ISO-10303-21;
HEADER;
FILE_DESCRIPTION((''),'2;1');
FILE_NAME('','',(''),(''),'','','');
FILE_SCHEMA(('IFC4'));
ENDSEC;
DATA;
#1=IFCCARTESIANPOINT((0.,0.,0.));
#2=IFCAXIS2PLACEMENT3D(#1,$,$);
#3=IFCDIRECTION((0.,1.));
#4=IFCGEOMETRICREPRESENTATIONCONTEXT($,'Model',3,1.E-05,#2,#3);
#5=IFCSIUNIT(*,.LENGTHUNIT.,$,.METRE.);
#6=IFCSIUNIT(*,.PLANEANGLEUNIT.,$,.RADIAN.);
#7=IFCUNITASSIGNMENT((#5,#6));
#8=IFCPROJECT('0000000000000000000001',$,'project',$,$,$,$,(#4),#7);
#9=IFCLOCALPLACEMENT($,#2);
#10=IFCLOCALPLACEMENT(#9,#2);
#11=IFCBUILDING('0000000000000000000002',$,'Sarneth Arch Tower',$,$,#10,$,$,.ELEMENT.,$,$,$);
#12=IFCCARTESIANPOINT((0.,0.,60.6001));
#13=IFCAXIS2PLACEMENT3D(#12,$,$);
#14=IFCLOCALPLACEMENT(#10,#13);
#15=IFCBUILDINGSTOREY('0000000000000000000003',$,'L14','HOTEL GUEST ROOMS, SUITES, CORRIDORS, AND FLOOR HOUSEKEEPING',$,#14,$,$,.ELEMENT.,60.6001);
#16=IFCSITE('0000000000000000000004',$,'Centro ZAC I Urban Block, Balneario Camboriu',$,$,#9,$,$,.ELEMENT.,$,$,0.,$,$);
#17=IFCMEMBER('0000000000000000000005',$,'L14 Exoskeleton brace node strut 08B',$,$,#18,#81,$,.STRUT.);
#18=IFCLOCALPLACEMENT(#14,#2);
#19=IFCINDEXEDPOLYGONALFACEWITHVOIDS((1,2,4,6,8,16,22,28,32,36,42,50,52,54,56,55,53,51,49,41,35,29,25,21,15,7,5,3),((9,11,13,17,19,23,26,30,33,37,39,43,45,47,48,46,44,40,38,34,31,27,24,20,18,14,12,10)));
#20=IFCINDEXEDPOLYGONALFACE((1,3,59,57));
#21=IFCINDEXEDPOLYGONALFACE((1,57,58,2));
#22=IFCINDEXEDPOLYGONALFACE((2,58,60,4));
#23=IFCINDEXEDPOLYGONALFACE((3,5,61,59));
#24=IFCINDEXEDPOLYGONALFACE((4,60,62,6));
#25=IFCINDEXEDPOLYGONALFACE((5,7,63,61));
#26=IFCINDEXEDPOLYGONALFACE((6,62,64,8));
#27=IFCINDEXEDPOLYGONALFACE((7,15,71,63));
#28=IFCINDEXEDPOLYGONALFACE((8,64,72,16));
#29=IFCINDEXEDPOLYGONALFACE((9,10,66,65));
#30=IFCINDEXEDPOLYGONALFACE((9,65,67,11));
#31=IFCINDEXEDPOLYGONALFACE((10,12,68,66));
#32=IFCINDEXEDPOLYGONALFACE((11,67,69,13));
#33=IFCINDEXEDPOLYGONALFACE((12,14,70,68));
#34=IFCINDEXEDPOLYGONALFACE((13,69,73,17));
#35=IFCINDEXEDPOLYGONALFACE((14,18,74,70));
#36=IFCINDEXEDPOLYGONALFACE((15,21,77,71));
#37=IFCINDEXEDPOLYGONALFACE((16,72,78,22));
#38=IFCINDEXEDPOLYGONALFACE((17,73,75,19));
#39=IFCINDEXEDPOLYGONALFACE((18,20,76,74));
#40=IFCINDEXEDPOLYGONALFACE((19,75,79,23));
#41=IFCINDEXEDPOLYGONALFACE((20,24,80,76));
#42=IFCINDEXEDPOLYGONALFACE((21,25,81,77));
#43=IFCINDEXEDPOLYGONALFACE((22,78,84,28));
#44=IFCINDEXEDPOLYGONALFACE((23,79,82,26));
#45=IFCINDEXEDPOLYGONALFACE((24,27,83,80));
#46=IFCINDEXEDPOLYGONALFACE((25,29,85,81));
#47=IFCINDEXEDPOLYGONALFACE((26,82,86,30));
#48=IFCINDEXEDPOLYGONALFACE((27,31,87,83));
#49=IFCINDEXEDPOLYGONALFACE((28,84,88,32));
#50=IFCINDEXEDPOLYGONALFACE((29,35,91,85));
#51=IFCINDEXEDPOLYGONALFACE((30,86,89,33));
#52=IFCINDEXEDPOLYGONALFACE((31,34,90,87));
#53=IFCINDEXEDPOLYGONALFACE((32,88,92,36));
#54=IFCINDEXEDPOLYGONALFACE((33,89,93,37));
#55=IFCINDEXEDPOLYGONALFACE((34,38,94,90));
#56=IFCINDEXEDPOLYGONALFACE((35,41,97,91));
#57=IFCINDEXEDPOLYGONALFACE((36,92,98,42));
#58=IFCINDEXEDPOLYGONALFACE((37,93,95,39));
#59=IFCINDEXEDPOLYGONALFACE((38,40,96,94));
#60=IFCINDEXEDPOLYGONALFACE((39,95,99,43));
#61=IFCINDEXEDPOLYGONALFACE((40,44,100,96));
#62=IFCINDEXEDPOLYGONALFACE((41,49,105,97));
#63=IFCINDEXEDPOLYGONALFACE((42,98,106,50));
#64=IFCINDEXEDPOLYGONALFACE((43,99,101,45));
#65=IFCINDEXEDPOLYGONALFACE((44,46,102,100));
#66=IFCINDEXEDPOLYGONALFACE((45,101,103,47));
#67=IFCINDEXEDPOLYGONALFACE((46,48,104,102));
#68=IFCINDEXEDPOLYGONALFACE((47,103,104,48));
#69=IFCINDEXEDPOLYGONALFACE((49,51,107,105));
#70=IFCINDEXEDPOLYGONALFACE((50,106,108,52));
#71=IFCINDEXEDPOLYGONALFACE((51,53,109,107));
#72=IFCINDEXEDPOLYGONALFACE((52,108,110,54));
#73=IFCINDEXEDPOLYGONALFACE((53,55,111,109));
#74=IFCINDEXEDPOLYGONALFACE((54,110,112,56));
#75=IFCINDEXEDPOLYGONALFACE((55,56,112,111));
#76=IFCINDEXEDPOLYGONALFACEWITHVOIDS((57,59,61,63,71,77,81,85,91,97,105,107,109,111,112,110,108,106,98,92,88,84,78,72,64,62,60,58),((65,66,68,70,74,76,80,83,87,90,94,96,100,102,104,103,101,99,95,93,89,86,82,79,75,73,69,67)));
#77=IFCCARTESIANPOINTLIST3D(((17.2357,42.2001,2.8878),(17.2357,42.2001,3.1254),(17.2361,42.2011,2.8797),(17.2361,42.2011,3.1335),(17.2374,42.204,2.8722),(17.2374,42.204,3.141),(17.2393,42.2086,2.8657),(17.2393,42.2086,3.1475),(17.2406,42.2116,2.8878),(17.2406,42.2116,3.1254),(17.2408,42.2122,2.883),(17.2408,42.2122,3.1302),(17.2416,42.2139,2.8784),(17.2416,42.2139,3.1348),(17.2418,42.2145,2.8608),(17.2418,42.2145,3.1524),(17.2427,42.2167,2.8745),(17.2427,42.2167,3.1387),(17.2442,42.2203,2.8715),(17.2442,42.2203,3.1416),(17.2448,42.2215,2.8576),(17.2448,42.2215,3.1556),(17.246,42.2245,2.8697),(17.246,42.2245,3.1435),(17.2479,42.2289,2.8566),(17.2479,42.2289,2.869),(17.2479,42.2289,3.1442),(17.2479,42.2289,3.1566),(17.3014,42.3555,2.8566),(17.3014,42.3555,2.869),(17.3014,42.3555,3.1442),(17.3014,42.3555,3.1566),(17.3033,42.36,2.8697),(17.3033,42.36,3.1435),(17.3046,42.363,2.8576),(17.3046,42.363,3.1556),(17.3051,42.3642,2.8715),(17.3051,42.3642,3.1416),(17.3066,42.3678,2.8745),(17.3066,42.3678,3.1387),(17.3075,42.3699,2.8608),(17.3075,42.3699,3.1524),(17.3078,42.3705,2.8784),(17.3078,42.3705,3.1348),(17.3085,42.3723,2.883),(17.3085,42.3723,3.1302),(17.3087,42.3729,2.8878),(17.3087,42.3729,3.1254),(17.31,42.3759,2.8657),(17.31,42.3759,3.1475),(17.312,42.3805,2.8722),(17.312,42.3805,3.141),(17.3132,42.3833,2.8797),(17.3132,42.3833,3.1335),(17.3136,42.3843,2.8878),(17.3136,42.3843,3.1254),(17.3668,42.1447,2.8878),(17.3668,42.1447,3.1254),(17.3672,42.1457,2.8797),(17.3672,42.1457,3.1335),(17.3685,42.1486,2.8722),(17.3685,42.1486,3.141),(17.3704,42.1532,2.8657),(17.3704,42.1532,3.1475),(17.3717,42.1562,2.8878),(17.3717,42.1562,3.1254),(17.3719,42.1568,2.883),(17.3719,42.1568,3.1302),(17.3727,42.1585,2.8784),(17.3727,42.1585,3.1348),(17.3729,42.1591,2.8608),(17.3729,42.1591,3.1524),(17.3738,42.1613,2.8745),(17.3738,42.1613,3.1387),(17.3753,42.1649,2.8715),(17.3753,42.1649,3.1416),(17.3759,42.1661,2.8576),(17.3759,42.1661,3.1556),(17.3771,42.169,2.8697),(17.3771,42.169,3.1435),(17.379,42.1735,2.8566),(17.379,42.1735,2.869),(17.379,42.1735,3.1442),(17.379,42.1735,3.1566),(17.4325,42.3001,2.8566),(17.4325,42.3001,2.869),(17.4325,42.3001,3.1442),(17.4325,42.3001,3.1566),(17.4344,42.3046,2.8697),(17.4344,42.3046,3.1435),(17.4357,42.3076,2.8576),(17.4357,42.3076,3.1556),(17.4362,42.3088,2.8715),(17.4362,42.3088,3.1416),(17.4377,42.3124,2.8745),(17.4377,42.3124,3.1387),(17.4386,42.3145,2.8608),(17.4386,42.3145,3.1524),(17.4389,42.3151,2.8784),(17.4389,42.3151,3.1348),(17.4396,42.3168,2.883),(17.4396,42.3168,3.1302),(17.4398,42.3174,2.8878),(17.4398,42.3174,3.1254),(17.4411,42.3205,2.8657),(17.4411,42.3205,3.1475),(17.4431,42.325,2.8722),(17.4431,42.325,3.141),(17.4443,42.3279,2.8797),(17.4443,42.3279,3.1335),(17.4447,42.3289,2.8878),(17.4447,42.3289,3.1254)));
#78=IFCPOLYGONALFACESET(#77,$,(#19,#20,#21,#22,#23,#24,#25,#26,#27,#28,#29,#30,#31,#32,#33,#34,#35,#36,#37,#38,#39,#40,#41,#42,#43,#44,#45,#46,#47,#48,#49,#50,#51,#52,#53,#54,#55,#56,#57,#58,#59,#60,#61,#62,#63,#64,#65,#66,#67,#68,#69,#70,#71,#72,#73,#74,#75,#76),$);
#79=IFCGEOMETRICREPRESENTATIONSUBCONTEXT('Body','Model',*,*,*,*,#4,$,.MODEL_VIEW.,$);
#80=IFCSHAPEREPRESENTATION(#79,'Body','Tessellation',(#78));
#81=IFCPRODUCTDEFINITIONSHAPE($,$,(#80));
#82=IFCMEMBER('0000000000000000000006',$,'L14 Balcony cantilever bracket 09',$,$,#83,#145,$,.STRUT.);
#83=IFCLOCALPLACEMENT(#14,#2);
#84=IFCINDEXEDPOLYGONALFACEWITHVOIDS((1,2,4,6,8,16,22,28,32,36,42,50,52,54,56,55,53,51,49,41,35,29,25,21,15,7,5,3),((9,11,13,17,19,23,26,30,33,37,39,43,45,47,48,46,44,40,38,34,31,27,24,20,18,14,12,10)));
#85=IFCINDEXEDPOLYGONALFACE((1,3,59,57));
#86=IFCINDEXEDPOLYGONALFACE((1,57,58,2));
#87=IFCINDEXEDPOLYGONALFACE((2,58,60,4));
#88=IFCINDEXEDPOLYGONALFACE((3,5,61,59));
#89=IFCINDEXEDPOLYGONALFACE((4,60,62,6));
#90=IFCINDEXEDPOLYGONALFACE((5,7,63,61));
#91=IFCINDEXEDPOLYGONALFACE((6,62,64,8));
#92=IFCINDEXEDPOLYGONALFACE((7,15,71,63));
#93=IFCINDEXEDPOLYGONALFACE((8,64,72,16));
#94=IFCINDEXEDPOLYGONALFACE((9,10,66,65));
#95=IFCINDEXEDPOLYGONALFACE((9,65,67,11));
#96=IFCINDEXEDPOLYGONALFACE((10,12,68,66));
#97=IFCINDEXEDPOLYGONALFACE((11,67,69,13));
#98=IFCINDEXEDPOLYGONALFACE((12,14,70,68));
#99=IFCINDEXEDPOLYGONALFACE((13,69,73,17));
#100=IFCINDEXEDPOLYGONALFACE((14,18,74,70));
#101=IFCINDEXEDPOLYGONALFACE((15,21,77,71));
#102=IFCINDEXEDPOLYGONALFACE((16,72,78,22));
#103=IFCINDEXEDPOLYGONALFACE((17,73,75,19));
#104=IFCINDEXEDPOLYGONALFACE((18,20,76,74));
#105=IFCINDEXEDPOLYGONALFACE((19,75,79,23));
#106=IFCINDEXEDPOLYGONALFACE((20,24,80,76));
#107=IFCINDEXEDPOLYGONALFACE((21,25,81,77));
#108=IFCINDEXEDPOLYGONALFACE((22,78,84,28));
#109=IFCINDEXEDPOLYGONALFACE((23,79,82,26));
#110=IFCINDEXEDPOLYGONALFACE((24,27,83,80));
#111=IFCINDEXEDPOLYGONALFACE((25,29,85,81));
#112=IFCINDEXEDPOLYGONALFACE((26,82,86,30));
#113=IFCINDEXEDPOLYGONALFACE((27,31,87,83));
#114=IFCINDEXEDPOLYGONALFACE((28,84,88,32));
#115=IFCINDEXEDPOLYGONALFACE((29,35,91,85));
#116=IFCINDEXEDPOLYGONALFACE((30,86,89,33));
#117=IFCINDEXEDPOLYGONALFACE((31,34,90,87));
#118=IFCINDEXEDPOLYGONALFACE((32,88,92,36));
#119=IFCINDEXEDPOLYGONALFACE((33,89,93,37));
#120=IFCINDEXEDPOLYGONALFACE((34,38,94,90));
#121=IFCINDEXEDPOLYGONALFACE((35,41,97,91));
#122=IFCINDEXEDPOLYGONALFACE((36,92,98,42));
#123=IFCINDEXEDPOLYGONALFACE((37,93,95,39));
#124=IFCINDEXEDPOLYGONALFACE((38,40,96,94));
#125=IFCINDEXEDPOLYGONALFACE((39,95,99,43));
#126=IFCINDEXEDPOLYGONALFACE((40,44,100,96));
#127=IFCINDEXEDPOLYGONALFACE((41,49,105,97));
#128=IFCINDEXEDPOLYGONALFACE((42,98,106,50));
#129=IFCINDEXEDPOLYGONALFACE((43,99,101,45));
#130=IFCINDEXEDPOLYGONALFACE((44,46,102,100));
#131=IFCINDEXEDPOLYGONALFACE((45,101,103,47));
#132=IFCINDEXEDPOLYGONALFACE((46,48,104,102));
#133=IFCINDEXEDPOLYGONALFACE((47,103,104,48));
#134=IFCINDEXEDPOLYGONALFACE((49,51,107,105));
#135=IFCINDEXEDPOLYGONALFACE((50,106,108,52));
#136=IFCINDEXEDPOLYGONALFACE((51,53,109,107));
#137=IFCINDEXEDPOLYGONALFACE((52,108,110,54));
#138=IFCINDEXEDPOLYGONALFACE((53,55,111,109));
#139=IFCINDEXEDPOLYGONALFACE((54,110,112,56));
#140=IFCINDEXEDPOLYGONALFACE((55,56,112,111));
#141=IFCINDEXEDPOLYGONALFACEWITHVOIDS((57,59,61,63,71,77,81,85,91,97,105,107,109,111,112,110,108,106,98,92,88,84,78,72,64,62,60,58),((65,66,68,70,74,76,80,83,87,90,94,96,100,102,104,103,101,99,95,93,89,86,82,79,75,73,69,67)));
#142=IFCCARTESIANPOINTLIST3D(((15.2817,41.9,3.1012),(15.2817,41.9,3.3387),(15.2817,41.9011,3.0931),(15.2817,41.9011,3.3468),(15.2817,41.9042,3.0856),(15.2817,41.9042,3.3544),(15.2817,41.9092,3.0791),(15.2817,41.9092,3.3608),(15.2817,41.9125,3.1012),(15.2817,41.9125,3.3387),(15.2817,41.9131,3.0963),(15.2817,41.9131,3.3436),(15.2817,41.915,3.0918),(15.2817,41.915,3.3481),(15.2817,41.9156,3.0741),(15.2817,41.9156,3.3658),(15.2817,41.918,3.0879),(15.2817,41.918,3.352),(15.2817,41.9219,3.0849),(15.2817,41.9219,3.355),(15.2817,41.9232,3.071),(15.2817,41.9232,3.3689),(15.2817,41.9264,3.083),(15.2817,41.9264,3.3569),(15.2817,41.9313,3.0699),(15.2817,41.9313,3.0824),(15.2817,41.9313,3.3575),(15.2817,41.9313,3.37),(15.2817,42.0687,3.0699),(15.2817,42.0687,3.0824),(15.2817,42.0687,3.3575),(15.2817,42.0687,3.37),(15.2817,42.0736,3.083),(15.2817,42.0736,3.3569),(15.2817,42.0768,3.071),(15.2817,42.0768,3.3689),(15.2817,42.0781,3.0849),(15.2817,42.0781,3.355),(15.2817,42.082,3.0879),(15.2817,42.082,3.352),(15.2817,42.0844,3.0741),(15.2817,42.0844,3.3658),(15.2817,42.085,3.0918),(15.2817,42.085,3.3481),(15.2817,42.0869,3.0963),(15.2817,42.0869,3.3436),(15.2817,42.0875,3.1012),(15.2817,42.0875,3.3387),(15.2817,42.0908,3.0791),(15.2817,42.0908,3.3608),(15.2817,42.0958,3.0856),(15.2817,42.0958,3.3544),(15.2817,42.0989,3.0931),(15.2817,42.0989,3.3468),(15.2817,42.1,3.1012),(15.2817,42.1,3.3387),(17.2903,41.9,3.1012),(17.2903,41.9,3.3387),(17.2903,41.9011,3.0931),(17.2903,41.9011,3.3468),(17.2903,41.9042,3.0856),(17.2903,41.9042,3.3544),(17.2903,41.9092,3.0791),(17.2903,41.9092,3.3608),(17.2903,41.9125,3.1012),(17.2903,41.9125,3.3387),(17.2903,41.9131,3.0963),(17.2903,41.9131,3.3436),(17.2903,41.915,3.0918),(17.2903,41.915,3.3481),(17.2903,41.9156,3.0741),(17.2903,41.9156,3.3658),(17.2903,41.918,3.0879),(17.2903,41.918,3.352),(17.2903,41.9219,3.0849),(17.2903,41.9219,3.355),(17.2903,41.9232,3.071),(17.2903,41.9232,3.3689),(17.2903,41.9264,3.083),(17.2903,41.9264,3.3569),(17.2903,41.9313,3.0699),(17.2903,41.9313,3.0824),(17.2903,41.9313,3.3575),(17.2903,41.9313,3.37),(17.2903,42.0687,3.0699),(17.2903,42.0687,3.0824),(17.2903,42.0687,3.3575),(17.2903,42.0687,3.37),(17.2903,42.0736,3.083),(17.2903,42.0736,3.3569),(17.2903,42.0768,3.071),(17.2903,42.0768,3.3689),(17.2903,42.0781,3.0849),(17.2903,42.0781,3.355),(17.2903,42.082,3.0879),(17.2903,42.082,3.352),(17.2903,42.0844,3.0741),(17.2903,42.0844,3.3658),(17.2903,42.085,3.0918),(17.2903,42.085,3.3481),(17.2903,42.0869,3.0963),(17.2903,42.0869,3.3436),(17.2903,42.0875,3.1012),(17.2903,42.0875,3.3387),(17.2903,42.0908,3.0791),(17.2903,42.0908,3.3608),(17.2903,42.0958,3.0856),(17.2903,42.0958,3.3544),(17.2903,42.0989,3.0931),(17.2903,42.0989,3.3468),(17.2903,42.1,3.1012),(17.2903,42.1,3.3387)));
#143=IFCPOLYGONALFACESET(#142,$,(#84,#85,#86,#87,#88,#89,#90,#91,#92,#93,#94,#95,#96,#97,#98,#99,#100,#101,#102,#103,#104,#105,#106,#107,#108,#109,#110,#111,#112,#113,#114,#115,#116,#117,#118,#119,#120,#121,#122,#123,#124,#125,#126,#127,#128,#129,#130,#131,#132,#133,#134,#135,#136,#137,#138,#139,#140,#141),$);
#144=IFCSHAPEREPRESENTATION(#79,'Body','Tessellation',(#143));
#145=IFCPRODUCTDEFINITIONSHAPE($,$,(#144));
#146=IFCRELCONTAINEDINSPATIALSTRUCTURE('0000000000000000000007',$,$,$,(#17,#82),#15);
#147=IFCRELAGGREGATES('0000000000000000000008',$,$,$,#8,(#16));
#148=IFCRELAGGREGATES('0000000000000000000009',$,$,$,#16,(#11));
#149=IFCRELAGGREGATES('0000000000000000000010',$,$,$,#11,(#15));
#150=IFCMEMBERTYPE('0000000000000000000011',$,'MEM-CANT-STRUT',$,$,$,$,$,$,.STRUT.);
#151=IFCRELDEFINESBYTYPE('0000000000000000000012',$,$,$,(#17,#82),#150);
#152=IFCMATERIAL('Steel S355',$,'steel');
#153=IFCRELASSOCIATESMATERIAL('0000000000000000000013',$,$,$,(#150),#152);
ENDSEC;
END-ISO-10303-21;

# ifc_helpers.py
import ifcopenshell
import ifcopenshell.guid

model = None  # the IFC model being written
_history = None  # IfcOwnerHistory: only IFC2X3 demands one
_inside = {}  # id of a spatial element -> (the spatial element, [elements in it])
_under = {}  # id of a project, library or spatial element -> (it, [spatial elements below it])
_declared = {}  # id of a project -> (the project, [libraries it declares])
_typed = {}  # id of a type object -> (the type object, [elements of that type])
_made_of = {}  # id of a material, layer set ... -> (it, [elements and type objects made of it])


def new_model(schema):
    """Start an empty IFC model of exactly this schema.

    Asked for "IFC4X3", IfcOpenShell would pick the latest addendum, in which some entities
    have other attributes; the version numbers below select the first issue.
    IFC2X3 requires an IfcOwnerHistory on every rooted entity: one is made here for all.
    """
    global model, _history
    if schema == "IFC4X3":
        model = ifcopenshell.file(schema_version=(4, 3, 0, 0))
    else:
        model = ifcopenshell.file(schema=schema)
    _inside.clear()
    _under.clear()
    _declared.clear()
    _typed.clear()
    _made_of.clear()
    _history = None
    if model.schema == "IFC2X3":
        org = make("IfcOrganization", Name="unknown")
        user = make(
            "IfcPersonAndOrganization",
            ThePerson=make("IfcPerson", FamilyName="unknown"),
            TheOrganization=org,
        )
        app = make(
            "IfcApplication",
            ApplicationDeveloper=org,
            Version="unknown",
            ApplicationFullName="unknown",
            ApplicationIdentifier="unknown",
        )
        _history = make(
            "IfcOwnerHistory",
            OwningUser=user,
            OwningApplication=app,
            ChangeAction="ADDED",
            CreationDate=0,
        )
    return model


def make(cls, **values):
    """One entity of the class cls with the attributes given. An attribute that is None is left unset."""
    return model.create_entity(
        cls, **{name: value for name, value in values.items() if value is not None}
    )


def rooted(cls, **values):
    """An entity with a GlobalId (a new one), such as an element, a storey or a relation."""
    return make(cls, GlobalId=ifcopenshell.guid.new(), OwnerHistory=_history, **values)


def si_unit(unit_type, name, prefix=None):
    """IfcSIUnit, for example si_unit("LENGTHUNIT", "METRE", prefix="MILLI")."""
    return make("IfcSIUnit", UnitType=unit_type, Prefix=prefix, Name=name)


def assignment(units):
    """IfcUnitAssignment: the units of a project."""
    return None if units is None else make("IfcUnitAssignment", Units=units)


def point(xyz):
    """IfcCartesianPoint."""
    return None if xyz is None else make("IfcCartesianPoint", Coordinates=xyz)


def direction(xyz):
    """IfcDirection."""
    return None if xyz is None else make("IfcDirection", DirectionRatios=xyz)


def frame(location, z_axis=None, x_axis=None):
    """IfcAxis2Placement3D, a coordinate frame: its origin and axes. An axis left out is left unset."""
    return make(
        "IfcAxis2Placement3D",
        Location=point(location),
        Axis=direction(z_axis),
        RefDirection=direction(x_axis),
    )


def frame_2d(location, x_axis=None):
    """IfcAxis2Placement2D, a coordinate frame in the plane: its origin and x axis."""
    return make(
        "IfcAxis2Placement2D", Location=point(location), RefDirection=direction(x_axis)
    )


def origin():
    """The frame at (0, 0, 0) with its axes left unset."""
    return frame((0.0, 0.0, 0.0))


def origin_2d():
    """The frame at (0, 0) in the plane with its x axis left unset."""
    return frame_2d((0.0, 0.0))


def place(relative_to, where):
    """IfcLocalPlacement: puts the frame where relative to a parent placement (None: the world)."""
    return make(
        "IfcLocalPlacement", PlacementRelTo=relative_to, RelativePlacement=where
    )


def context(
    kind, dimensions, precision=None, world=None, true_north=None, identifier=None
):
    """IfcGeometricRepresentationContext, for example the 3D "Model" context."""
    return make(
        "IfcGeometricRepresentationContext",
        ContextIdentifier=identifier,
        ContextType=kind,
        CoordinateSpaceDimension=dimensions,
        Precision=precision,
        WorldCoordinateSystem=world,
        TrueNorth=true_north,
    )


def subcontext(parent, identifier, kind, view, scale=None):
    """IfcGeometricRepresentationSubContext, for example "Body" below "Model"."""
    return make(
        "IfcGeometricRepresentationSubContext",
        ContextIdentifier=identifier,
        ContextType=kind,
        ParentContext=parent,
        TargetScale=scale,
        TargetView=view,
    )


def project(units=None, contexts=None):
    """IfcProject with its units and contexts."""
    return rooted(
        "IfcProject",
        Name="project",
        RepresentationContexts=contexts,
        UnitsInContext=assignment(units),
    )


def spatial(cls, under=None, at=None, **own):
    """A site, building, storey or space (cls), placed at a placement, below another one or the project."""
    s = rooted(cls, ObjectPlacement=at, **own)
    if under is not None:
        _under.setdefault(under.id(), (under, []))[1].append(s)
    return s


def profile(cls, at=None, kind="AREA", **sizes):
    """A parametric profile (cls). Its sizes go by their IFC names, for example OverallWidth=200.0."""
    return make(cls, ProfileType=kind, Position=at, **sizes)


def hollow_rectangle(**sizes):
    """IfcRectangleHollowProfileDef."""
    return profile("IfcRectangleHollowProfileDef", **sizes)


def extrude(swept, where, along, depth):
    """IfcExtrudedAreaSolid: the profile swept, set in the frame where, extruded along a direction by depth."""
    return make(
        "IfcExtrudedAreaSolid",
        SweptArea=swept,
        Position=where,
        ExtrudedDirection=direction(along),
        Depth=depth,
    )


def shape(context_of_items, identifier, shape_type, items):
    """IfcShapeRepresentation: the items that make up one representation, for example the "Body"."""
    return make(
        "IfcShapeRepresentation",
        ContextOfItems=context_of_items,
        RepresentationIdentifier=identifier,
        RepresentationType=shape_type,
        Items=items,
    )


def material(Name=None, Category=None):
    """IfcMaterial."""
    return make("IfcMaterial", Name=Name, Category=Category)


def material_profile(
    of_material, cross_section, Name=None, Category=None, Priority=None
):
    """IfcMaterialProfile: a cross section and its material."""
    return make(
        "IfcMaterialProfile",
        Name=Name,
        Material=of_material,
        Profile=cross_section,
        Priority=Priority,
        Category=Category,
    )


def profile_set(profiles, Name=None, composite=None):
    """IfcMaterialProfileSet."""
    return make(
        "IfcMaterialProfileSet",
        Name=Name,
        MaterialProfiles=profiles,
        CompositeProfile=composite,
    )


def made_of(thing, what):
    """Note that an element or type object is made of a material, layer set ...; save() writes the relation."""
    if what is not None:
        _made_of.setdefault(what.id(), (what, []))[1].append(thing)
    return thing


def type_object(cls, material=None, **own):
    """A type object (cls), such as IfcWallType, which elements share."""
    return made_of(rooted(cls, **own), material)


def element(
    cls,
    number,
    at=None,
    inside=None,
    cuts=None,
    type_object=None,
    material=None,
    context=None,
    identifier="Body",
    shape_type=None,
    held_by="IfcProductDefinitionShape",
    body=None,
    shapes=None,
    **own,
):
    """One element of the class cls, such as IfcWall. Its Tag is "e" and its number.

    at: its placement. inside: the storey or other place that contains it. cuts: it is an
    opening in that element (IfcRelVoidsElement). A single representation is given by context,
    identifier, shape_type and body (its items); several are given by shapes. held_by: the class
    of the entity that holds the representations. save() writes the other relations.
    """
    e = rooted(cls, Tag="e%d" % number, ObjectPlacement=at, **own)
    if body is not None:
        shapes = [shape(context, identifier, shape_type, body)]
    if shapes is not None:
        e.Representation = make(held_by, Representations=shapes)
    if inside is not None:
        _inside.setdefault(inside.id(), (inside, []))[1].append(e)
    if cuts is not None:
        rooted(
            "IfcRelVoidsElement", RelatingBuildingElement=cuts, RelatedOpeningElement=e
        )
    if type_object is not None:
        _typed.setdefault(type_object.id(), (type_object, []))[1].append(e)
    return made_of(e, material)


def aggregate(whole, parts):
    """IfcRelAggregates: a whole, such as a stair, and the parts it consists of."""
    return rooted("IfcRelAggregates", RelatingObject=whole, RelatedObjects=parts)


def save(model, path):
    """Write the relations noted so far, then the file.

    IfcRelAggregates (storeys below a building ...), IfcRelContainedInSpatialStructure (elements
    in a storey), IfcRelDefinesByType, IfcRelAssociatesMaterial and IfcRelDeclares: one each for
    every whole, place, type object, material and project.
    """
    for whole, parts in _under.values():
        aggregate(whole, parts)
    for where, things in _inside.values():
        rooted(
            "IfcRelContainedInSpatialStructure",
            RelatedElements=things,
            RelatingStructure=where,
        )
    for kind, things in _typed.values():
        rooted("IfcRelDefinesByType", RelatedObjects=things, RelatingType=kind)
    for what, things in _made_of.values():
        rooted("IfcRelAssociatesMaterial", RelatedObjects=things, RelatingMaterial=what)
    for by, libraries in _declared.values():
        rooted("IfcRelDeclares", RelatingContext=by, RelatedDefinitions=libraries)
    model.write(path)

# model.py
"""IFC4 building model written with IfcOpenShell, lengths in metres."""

from ifc_helpers import new_model, si_unit, direction, frame, origin, origin_2d, place, context, subcontext, project, spatial, hollow_rectangle, extrude, material, material_profile, profile_set, type_object, element, save


model = new_model("IFC4")

# Units and contexts
model_context = context("Model", 3, precision=1e-05, world=origin(), true_north=direction((0.0, 1.0)))
body_context = subcontext(model_context, "Body", "Model", "MODEL_VIEW")
ifc_project = project(units=[si_unit("LENGTHUNIT", "METRE"), si_unit("PLANEANGLEUNIT", "RADIAN")], contexts=[model_context])

# Site, building, storey
site_placement = place(None, origin())
site = spatial("IfcSite", under=ifc_project, at=site_placement, Name="Centro ZAC I Urban Block, Balneario Camboriu", CompositionType="ELEMENT", RefElevation=0.0)
building_placement = place(site_placement, origin())
building = spatial("IfcBuilding", under=site, at=building_placement, Name="Sarneth Arch Tower", CompositionType="ELEMENT")
storey_placement = place(building_placement, frame((0.0, 0.0, 60.6001)))
storey = spatial("IfcBuildingStorey", under=building, at=storey_placement, Name="L14", Description="HOTEL GUEST ROOMS, SUITES, CORRIDORS, AND FLOOR HOUSEKEEPING", CompositionType="ELEMENT", Elevation=60.6001)

# Members
ifc_material_1 = material(Name="Steel S355", Category="steel")
ifc_material_profile_1 = material_profile(ifc_material_1, hollow_rectangle(XDim=0.2, YDim=0.3, WallThickness=0.0125, InnerFilletRadius=0.0188, OuterFilletRadius=0.0312, at=origin_2d()), Name="RHS300x200x12.5")
ifc_profile_set_1 = profile_set([ifc_material_profile_1], Name="Steel S355")
member_type_1 = type_object("IfcMemberType", Name="MEM-CANT-STRUT", PredefinedType="STRUT", material=ifc_profile_set_1)
member_1_placement = place(storey_placement, frame((17.4058, 42.2368, 3.0066), z_axis=(-0.921086, 0.38936, 0.0), x_axis=(-0.38936, -0.921086, 0.0)))
element("IfcMember", 1, at=member_1_placement, inside=storey, type_object=member_type_1, Name="L14 Exoskeleton brace node strut 08B", PredefinedType="STRUT", context=body_context, shape_type="SweptSolid", body=[
    extrude(hollow_rectangle(XDim=0.2, YDim=0.3, WallThickness=0.0125, InnerFilletRadius=0.0188, OuterFilletRadius=0.0312, at=origin_2d()), origin(), (0.0, 0.0, 1.0), 0.1423),
])
member_2_placement = place(storey_placement, frame((17.2903, 42.0, 3.22), z_axis=(-1.0, 0.0, 0.0), x_axis=(0.0, -1.0, 0.0)))
element("IfcMember", 2, at=member_2_placement, inside=storey, type_object=member_type_1, Name="L14 Balcony cantilever bracket 09", PredefinedType="STRUT", context=body_context, shape_type="SweptSolid", body=[
    extrude(hollow_rectangle(XDim=0.2, YDim=0.3, WallThickness=0.0125, InnerFilletRadius=0.0188, OuterFilletRadius=0.0312, at=origin_2d()), origin(), (0.0, 0.0, 1.0), 2.0085),
])

save(model, "model.ifc")
